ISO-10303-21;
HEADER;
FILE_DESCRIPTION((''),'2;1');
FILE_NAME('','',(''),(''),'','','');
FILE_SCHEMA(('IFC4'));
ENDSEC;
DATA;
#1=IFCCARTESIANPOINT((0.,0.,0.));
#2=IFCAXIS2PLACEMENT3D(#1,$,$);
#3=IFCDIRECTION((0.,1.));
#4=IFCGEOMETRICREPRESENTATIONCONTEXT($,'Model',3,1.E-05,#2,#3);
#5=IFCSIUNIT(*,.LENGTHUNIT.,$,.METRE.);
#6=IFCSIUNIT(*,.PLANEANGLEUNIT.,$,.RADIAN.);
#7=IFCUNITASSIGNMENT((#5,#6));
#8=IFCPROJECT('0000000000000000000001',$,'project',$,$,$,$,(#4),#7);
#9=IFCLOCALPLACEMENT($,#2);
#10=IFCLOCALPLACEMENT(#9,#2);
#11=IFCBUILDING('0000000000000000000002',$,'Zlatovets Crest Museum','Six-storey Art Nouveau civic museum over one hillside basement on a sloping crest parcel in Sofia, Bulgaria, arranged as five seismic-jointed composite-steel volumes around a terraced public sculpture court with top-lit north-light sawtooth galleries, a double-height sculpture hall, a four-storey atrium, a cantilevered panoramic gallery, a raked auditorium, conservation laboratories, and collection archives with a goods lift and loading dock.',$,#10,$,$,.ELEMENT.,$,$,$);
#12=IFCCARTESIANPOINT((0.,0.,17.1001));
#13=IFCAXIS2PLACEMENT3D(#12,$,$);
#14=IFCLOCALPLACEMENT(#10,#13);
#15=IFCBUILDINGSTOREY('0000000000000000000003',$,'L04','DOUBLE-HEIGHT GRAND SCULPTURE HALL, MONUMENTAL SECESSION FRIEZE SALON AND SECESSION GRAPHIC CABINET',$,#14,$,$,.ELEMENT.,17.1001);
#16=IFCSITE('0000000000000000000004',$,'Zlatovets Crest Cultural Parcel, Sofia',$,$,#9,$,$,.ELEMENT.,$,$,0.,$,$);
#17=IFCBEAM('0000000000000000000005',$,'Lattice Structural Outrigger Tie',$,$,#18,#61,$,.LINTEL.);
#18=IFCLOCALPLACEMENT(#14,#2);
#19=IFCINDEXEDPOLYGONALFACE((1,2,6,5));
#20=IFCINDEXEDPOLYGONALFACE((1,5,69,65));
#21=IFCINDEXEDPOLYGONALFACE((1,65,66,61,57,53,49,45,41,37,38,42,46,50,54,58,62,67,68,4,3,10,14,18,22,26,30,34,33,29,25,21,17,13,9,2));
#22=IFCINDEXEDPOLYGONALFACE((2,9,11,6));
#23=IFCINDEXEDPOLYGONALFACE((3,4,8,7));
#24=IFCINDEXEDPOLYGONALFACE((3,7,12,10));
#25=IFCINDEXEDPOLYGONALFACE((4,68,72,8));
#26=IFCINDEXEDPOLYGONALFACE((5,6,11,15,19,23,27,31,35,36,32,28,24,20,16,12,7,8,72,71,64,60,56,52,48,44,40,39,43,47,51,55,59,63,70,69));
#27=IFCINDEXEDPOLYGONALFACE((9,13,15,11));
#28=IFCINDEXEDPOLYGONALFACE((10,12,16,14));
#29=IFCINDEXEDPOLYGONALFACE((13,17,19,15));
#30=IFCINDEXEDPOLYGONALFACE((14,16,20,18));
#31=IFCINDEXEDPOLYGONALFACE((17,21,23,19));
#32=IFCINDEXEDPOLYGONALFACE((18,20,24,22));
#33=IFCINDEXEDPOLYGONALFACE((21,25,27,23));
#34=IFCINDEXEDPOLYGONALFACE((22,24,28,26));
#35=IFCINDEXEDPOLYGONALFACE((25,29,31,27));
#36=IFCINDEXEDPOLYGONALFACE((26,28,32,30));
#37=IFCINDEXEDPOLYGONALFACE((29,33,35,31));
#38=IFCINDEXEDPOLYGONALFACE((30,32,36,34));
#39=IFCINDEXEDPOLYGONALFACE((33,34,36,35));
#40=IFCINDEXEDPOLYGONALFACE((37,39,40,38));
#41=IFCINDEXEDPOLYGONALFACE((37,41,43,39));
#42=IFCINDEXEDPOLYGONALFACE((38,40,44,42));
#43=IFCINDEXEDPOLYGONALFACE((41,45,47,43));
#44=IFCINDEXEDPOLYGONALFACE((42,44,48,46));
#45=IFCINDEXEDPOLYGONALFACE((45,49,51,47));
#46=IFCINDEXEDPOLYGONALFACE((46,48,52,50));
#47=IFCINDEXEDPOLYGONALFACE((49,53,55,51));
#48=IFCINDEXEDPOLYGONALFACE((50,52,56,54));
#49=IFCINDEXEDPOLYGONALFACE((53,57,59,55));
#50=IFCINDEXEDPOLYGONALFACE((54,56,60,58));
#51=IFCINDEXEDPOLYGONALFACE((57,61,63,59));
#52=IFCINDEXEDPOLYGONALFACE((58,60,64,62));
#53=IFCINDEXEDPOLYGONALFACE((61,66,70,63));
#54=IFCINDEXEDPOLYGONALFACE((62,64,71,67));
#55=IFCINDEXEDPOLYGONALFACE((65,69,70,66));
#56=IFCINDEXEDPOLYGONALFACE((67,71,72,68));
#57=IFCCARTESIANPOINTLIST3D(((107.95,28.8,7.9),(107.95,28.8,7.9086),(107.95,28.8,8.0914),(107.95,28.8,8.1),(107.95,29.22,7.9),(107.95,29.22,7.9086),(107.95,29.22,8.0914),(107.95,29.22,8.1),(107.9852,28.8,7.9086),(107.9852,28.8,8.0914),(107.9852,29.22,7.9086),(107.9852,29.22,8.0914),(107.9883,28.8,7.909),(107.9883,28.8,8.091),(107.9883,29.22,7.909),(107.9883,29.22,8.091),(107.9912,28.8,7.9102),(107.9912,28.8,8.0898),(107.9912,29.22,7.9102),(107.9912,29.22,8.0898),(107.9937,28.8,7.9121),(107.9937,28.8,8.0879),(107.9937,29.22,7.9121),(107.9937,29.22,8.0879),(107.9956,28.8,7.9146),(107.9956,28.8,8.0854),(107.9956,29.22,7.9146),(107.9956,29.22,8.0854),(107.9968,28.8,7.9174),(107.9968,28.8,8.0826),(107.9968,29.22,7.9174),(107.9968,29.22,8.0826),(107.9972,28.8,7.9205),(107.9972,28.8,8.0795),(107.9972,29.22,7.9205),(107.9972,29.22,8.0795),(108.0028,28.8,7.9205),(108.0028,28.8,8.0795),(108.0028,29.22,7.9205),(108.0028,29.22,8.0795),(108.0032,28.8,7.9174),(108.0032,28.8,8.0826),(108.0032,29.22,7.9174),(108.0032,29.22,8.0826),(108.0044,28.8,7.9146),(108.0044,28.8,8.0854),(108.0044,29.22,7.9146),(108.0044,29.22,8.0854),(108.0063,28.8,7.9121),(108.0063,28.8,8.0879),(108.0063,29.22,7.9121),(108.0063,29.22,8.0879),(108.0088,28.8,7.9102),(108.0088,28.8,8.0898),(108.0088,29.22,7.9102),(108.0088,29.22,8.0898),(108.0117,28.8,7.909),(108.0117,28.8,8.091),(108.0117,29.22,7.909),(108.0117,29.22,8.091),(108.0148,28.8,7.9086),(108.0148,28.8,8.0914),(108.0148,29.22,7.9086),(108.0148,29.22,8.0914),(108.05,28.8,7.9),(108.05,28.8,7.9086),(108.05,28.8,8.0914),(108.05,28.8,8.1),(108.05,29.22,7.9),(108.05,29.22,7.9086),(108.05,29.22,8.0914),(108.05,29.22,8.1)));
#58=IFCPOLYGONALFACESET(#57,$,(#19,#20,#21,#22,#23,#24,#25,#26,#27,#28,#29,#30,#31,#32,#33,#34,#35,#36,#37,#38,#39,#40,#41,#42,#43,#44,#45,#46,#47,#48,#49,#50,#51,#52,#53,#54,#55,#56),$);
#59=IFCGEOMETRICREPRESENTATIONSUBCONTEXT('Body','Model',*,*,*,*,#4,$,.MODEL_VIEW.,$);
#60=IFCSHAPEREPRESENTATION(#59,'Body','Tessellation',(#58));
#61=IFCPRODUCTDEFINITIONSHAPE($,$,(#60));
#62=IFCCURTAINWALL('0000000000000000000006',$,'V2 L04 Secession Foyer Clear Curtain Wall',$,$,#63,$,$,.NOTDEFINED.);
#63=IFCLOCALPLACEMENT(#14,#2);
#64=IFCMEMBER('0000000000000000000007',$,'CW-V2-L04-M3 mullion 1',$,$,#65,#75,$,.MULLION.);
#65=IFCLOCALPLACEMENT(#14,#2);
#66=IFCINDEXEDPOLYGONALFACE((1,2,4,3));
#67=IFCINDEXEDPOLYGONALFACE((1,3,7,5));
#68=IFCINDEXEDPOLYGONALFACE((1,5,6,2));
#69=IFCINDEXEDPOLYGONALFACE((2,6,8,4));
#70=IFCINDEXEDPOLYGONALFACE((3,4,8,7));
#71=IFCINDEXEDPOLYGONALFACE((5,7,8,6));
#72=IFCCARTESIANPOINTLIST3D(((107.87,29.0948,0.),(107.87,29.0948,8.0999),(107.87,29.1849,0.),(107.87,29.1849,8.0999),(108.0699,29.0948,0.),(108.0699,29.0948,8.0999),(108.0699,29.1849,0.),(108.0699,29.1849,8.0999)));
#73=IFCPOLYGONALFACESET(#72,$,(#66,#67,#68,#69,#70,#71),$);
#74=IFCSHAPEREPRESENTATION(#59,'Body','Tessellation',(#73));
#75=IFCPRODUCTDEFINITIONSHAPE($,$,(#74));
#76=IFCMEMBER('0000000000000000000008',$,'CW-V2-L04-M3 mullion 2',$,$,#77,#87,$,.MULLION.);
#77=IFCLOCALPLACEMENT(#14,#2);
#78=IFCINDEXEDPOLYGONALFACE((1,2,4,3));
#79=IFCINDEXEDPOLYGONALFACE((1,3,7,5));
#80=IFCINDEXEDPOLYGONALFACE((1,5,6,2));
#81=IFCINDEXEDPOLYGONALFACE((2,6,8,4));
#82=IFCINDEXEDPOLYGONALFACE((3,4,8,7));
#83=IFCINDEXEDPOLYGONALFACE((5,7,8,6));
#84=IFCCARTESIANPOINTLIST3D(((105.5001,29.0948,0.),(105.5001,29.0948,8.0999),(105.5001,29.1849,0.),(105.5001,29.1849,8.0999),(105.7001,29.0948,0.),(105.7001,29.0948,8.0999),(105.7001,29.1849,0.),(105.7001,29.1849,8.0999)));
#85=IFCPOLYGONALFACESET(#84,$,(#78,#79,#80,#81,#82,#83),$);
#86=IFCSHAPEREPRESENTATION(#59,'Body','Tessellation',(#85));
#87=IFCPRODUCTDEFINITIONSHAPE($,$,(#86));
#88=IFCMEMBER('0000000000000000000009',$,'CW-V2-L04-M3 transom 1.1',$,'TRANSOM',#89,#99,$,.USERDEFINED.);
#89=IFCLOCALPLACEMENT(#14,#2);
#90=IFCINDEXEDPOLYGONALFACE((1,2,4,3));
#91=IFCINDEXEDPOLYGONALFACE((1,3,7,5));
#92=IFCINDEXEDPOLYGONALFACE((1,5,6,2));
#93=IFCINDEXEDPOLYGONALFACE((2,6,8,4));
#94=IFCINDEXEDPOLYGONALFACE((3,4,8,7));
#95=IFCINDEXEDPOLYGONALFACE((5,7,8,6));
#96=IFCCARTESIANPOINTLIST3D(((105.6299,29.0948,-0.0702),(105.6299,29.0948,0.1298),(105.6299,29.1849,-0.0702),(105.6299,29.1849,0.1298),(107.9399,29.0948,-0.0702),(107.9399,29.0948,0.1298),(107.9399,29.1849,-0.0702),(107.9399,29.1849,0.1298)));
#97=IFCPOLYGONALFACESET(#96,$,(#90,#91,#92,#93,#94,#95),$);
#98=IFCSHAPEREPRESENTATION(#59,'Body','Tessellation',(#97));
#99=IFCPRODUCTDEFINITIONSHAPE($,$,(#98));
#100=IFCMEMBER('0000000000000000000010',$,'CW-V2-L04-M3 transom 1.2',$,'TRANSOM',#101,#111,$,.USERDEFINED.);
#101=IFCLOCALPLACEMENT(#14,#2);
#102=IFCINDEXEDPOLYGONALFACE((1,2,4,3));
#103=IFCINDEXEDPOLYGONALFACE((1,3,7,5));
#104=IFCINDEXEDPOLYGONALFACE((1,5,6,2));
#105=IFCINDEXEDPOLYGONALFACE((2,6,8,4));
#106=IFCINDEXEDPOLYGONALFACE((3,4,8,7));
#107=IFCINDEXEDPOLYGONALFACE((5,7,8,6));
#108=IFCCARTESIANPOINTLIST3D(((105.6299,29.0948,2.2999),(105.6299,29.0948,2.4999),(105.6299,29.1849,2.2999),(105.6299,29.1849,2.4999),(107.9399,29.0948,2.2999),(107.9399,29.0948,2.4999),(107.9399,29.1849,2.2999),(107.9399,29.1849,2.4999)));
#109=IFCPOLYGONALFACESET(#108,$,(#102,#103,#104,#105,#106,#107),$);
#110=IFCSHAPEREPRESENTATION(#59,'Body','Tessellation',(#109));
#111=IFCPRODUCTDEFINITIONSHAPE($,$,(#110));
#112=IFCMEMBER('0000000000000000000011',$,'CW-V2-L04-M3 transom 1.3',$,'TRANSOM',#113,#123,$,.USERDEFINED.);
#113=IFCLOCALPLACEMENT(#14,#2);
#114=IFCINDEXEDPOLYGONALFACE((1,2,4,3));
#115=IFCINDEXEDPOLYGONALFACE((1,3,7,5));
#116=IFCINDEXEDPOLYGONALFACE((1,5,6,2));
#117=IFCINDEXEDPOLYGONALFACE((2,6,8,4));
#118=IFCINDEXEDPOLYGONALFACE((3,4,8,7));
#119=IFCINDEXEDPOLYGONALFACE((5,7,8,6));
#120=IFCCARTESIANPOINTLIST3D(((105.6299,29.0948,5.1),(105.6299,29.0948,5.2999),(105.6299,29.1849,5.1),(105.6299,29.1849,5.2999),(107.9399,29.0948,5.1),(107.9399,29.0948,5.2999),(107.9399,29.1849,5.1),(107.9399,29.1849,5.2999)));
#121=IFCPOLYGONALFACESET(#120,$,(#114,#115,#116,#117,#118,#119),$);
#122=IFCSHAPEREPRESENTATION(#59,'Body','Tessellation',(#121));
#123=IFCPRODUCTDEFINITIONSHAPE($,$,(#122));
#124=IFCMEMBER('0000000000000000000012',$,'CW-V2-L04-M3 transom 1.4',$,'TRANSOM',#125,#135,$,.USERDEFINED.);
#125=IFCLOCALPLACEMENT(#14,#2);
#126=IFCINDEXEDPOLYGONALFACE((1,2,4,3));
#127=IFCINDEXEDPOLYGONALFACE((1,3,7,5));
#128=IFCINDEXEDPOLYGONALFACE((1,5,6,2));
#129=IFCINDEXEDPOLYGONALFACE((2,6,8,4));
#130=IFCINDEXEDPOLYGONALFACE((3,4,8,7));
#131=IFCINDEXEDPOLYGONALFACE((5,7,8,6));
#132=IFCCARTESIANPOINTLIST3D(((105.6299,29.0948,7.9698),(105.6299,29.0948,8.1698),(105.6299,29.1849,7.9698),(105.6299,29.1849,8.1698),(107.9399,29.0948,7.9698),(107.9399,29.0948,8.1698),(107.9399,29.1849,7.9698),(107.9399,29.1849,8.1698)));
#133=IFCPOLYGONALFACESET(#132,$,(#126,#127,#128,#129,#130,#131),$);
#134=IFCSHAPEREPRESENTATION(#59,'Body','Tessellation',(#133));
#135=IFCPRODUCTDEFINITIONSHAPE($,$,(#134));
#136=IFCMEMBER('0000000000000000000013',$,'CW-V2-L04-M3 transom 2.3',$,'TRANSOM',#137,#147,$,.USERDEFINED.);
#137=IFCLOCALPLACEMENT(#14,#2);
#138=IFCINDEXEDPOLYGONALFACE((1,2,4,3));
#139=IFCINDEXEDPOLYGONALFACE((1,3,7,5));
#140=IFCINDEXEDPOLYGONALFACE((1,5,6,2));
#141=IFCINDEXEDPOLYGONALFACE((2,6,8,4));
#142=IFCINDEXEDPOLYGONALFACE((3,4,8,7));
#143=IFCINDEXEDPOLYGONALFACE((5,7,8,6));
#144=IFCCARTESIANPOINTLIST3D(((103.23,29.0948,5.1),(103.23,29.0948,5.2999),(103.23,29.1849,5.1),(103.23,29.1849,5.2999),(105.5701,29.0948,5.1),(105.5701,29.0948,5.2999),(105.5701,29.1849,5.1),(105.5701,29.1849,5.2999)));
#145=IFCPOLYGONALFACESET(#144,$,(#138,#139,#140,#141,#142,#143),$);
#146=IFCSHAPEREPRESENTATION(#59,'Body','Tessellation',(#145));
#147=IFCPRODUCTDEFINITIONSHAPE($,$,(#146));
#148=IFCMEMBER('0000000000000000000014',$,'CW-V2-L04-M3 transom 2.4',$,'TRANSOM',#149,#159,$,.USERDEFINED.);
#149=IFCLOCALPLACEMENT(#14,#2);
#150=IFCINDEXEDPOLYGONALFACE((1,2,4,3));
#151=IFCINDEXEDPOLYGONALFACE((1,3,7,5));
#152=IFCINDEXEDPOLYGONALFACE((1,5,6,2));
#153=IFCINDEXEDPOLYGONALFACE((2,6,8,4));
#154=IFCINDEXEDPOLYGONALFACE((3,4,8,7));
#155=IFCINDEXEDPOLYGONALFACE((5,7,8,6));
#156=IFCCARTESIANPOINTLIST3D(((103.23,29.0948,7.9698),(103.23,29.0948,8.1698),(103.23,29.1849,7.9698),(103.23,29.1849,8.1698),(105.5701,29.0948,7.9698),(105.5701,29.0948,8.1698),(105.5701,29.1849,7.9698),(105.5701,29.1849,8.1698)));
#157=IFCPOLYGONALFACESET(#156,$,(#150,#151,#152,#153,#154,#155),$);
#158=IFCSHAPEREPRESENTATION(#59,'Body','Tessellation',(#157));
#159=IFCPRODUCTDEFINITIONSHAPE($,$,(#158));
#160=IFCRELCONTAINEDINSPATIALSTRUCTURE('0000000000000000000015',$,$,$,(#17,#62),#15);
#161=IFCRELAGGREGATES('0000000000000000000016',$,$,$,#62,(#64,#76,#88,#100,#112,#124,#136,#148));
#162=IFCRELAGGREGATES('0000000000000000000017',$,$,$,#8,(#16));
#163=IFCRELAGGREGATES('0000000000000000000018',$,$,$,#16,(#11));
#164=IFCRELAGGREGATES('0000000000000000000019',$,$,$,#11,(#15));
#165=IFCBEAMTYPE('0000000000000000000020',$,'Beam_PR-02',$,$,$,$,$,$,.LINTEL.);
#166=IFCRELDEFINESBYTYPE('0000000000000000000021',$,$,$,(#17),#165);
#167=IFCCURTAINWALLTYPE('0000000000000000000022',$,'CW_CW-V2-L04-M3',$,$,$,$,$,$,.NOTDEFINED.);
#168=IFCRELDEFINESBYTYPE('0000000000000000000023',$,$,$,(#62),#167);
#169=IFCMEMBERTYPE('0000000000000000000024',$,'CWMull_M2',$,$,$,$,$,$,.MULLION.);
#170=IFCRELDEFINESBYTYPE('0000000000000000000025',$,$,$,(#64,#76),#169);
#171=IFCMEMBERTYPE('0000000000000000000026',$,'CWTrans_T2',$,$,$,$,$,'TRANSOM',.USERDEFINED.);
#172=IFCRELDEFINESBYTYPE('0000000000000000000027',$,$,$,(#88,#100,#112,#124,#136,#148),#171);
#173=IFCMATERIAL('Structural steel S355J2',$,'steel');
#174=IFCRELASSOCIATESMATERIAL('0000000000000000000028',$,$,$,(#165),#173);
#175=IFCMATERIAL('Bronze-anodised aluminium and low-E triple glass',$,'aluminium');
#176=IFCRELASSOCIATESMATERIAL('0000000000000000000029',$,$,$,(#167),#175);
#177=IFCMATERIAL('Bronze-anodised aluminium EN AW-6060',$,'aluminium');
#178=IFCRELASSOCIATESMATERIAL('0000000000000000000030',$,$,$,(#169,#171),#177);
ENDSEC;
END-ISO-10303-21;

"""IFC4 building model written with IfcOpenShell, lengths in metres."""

from ifc_helpers import new_model, si_unit, direction, frame, origin, origin_2d, place, context, subcontext, project, spatial, rectangle, i_section, extrude, material, material_profile, profile_set, type_object, element, aggregate, save


model = new_model("IFC4")

# Units and contexts
model_context = context("Model", 3, precision=1e-05, world=origin(), true_north=direction((0.0, 1.0)))
body_context = subcontext(model_context, "Body", "Model", "MODEL_VIEW")
ifc_project = project(units=[si_unit("LENGTHUNIT", "METRE"), si_unit("PLANEANGLEUNIT", "RADIAN")], contexts=[model_context])

# Site, building, storey
site_placement = place(None, origin())
site = spatial("IfcSite", under=ifc_project, at=site_placement, Name="Zlatovets Crest Cultural Parcel, Sofia", CompositionType="ELEMENT", RefElevation=0.0)
building_placement = place(site_placement, origin())
building = spatial("IfcBuilding", under=site, at=building_placement, Name="Zlatovets Crest Museum", Description="Six-storey Art Nouveau civic museum over one hillside basement on a sloping crest parcel in Sofia, Bulgaria, arranged as five seismic-jointed composite-steel volumes around a terraced public sculpture court with top-lit north-light sawtooth galleries, a double-height sculpture hall, a four-storey atrium, a cantilevered panoramic gallery, a raked auditorium, conservation laboratories, and collection archives with a goods lift and loading dock.", CompositionType="ELEMENT")
storey_placement = place(building_placement, frame((0.0, 0.0, 17.1001)))
storey = spatial("IfcBuildingStorey", under=building, at=storey_placement, Name="L04", Description="DOUBLE-HEIGHT GRAND SCULPTURE HALL, MONUMENTAL SECESSION FRIEZE SALON AND SECESSION GRAPHIC CABINET", CompositionType="ELEMENT", Elevation=17.1001)

# Shared definitions
ifc_material_1 = material(Name="Structural steel S355J2", Category="steel")

# Beam
ifc_material_profile_1 = material_profile(ifc_material_1, i_section(OverallWidth=0.1001, OverallDepth=0.2, WebThickness=0.0056, FlangeThickness=0.0085, FilletRadius=0.012, at=origin_2d()), Name="IPE 200")
ifc_profile_set_1 = profile_set([ifc_material_profile_1], Name="Structural steel S355J2")
beam_type = type_object("IfcBeamType", Name="Beam_PR-02", PredefinedType="LINTEL", material=ifc_profile_set_1)
for number, where, z_axis, x_axis, name in (
    (1, (108.0, 28.8, 8.0), (0.0, 1.0, 0.0), (-1.0, 0.0, 0.0), "Lattice Structural Outrigger Tie"),
):
    element("IfcBeam", number, at=place(storey_placement, frame(where, z_axis=z_axis, x_axis=x_axis)), inside=storey, type_object=beam_type, Name=name, PredefinedType="LINTEL", context=body_context, shape_type="SweptSolid", body=[
        extrude(i_section(OverallWidth=0.1001, OverallDepth=0.2, WebThickness=0.0056, FlangeThickness=0.0085, FilletRadius=0.012, at=origin_2d()), origin(), (0.0, 0.0, 1.0), 0.4199),
    ])

# Curtain wall, members
ifc_material_2 = material(Name="Bronze-anodised aluminium and low-E triple glass", Category="aluminium")
curtain_wall_type = type_object("IfcCurtainWallType", Name="CW_CW-V2-L04-M3", PredefinedType="NOTDEFINED", material=ifc_material_2)
curtain_wall_placement = place(storey_placement, origin())
curtain_wall = element("IfcCurtainWall", 2, at=curtain_wall_placement, inside=storey, type_object=curtain_wall_type, Name="V2 L04 Secession Foyer Clear Curtain Wall", PredefinedType="NOTDEFINED")
ifc_material_3 = material(Name="Bronze-anodised aluminium EN AW-6060", Category="aluminium")
ifc_material_profile_2 = material_profile(ifc_material_3, rectangle(XDim=0.0901, YDim=0.2, at=origin_2d()), Name="ALU 90x200")
ifc_profile_set_2 = profile_set([ifc_material_profile_2], Name="Bronze-anodised aluminium EN AW-6060")
member_type_1 = type_object("IfcMemberType", Name="CWMull_M2", PredefinedType="MULLION", material=ifc_profile_set_2)
member_1_placement = place(storey_placement, frame((107.97, 29.1399, 0.0), z_axis=(0.0, 0.0, 1.0), x_axis=(0.0, -1.0, 0.0)))
member_1 = element("IfcMember", 3, at=member_1_placement, type_object=member_type_1, Name="CW-V2-L04-M3 mullion 1", PredefinedType="MULLION", context=body_context, shape_type="SweptSolid", body=[
    extrude(rectangle(XDim=0.0901, YDim=0.2, at=origin_2d()), origin(), (0.0, 0.0, 1.0), 8.0999),
])
member_2_placement = place(storey_placement, frame((105.6001, 29.1399, 0.0), z_axis=(0.0, 0.0, 1.0), x_axis=(0.0, -1.0, 0.0)))
member_2 = element("IfcMember", 4, at=member_2_placement, type_object=member_type_1, Name="CW-V2-L04-M3 mullion 2", PredefinedType="MULLION", context=body_context, shape_type="SweptSolid", body=[
    extrude(rectangle(XDim=0.0901, YDim=0.2, at=origin_2d()), origin(), (0.0, 0.0, 1.0), 8.0999),
])
ifc_material_profile_3 = material_profile(ifc_material_3, rectangle(XDim=0.0901, YDim=0.2, at=origin_2d()), Name="ALU 90x200")
ifc_profile_set_3 = profile_set([ifc_material_profile_3], Name="Bronze-anodised aluminium EN AW-6060")
member_type_2 = type_object("IfcMemberType", Name="CWTrans_T2", ElementType="TRANSOM", PredefinedType="USERDEFINED", material=ifc_profile_set_3)
member_3_placement = place(storey_placement, frame((107.9399, 29.1399, 0.0298), z_axis=(-1.0, 0.0, 0.0), x_axis=(0.0, -1.0, 0.0)))
member_3 = element("IfcMember", 5, at=member_3_placement, type_object=member_type_2, Name="CW-V2-L04-M3 transom 1.1", ObjectType="TRANSOM", PredefinedType="USERDEFINED", context=body_context, shape_type="SweptSolid", body=[
    extrude(rectangle(XDim=0.0901, YDim=0.2, at=origin_2d()), origin(), (0.0, 0.0, 1.0), 2.3101),
])
member_4_placement = place(storey_placement, frame((107.9399, 29.1399, 2.3999), z_axis=(-1.0, 0.0, 0.0), x_axis=(0.0, -1.0, 0.0)))
member_4 = element("IfcMember", 6, at=member_4_placement, type_object=member_type_2, Name="CW-V2-L04-M3 transom 1.2", ObjectType="TRANSOM", PredefinedType="USERDEFINED", context=body_context, shape_type="SweptSolid", body=[
    extrude(rectangle(XDim=0.0901, YDim=0.2, at=origin_2d()), origin(), (0.0, 0.0, 1.0), 2.3101),
])
member_5_placement = place(storey_placement, frame((107.9399, 29.1399, 5.2), z_axis=(-1.0, 0.0, 0.0), x_axis=(0.0, -1.0, 0.0)))
member_5 = element("IfcMember", 7, at=member_5_placement, type_object=member_type_2, Name="CW-V2-L04-M3 transom 1.3", ObjectType="TRANSOM", PredefinedType="USERDEFINED", context=body_context, shape_type="SweptSolid", body=[
    extrude(rectangle(XDim=0.0901, YDim=0.2, at=origin_2d()), origin(), (0.0, 0.0, 1.0), 2.3101),
])
member_6_placement = place(storey_placement, frame((107.9399, 29.1399, 8.0698), z_axis=(-1.0, 0.0, 0.0), x_axis=(0.0, -1.0, 0.0)))
member_6 = element("IfcMember", 8, at=member_6_placement, type_object=member_type_2, Name="CW-V2-L04-M3 transom 1.4", ObjectType="TRANSOM", PredefinedType="USERDEFINED", context=body_context, shape_type="SweptSolid", body=[
    extrude(rectangle(XDim=0.0901, YDim=0.2, at=origin_2d()), origin(), (0.0, 0.0, 1.0), 2.3101),
])
member_7_placement = place(storey_placement, frame((105.5701, 29.1399, 5.2), z_axis=(-1.0, 0.0, 0.0), x_axis=(0.0, -1.0, 0.0)))
member_7 = element("IfcMember", 9, at=member_7_placement, type_object=member_type_2, Name="CW-V2-L04-M3 transom 2.3", ObjectType="TRANSOM", PredefinedType="USERDEFINED", context=body_context, shape_type="SweptSolid", body=[
    extrude(rectangle(XDim=0.0901, YDim=0.2, at=origin_2d()), origin(), (0.0, 0.0, 1.0), 2.3401),
])
member_8_placement = place(storey_placement, frame((105.5701, 29.1399, 8.0698), z_axis=(-1.0, 0.0, 0.0), x_axis=(0.0, -1.0, 0.0)))
member_8 = element("IfcMember", 10, at=member_8_placement, type_object=member_type_2, Name="CW-V2-L04-M3 transom 2.4", ObjectType="TRANSOM", PredefinedType="USERDEFINED", context=body_context, shape_type="SweptSolid", body=[
    extrude(rectangle(XDim=0.0901, YDim=0.2, at=origin_2d()), origin(), (0.0, 0.0, 1.0), 2.3401),
])

aggregate(curtain_wall, [member_1, member_2, member_3, member_4, member_5, member_6, member_7, member_8])

save(model, "model.ifc")
